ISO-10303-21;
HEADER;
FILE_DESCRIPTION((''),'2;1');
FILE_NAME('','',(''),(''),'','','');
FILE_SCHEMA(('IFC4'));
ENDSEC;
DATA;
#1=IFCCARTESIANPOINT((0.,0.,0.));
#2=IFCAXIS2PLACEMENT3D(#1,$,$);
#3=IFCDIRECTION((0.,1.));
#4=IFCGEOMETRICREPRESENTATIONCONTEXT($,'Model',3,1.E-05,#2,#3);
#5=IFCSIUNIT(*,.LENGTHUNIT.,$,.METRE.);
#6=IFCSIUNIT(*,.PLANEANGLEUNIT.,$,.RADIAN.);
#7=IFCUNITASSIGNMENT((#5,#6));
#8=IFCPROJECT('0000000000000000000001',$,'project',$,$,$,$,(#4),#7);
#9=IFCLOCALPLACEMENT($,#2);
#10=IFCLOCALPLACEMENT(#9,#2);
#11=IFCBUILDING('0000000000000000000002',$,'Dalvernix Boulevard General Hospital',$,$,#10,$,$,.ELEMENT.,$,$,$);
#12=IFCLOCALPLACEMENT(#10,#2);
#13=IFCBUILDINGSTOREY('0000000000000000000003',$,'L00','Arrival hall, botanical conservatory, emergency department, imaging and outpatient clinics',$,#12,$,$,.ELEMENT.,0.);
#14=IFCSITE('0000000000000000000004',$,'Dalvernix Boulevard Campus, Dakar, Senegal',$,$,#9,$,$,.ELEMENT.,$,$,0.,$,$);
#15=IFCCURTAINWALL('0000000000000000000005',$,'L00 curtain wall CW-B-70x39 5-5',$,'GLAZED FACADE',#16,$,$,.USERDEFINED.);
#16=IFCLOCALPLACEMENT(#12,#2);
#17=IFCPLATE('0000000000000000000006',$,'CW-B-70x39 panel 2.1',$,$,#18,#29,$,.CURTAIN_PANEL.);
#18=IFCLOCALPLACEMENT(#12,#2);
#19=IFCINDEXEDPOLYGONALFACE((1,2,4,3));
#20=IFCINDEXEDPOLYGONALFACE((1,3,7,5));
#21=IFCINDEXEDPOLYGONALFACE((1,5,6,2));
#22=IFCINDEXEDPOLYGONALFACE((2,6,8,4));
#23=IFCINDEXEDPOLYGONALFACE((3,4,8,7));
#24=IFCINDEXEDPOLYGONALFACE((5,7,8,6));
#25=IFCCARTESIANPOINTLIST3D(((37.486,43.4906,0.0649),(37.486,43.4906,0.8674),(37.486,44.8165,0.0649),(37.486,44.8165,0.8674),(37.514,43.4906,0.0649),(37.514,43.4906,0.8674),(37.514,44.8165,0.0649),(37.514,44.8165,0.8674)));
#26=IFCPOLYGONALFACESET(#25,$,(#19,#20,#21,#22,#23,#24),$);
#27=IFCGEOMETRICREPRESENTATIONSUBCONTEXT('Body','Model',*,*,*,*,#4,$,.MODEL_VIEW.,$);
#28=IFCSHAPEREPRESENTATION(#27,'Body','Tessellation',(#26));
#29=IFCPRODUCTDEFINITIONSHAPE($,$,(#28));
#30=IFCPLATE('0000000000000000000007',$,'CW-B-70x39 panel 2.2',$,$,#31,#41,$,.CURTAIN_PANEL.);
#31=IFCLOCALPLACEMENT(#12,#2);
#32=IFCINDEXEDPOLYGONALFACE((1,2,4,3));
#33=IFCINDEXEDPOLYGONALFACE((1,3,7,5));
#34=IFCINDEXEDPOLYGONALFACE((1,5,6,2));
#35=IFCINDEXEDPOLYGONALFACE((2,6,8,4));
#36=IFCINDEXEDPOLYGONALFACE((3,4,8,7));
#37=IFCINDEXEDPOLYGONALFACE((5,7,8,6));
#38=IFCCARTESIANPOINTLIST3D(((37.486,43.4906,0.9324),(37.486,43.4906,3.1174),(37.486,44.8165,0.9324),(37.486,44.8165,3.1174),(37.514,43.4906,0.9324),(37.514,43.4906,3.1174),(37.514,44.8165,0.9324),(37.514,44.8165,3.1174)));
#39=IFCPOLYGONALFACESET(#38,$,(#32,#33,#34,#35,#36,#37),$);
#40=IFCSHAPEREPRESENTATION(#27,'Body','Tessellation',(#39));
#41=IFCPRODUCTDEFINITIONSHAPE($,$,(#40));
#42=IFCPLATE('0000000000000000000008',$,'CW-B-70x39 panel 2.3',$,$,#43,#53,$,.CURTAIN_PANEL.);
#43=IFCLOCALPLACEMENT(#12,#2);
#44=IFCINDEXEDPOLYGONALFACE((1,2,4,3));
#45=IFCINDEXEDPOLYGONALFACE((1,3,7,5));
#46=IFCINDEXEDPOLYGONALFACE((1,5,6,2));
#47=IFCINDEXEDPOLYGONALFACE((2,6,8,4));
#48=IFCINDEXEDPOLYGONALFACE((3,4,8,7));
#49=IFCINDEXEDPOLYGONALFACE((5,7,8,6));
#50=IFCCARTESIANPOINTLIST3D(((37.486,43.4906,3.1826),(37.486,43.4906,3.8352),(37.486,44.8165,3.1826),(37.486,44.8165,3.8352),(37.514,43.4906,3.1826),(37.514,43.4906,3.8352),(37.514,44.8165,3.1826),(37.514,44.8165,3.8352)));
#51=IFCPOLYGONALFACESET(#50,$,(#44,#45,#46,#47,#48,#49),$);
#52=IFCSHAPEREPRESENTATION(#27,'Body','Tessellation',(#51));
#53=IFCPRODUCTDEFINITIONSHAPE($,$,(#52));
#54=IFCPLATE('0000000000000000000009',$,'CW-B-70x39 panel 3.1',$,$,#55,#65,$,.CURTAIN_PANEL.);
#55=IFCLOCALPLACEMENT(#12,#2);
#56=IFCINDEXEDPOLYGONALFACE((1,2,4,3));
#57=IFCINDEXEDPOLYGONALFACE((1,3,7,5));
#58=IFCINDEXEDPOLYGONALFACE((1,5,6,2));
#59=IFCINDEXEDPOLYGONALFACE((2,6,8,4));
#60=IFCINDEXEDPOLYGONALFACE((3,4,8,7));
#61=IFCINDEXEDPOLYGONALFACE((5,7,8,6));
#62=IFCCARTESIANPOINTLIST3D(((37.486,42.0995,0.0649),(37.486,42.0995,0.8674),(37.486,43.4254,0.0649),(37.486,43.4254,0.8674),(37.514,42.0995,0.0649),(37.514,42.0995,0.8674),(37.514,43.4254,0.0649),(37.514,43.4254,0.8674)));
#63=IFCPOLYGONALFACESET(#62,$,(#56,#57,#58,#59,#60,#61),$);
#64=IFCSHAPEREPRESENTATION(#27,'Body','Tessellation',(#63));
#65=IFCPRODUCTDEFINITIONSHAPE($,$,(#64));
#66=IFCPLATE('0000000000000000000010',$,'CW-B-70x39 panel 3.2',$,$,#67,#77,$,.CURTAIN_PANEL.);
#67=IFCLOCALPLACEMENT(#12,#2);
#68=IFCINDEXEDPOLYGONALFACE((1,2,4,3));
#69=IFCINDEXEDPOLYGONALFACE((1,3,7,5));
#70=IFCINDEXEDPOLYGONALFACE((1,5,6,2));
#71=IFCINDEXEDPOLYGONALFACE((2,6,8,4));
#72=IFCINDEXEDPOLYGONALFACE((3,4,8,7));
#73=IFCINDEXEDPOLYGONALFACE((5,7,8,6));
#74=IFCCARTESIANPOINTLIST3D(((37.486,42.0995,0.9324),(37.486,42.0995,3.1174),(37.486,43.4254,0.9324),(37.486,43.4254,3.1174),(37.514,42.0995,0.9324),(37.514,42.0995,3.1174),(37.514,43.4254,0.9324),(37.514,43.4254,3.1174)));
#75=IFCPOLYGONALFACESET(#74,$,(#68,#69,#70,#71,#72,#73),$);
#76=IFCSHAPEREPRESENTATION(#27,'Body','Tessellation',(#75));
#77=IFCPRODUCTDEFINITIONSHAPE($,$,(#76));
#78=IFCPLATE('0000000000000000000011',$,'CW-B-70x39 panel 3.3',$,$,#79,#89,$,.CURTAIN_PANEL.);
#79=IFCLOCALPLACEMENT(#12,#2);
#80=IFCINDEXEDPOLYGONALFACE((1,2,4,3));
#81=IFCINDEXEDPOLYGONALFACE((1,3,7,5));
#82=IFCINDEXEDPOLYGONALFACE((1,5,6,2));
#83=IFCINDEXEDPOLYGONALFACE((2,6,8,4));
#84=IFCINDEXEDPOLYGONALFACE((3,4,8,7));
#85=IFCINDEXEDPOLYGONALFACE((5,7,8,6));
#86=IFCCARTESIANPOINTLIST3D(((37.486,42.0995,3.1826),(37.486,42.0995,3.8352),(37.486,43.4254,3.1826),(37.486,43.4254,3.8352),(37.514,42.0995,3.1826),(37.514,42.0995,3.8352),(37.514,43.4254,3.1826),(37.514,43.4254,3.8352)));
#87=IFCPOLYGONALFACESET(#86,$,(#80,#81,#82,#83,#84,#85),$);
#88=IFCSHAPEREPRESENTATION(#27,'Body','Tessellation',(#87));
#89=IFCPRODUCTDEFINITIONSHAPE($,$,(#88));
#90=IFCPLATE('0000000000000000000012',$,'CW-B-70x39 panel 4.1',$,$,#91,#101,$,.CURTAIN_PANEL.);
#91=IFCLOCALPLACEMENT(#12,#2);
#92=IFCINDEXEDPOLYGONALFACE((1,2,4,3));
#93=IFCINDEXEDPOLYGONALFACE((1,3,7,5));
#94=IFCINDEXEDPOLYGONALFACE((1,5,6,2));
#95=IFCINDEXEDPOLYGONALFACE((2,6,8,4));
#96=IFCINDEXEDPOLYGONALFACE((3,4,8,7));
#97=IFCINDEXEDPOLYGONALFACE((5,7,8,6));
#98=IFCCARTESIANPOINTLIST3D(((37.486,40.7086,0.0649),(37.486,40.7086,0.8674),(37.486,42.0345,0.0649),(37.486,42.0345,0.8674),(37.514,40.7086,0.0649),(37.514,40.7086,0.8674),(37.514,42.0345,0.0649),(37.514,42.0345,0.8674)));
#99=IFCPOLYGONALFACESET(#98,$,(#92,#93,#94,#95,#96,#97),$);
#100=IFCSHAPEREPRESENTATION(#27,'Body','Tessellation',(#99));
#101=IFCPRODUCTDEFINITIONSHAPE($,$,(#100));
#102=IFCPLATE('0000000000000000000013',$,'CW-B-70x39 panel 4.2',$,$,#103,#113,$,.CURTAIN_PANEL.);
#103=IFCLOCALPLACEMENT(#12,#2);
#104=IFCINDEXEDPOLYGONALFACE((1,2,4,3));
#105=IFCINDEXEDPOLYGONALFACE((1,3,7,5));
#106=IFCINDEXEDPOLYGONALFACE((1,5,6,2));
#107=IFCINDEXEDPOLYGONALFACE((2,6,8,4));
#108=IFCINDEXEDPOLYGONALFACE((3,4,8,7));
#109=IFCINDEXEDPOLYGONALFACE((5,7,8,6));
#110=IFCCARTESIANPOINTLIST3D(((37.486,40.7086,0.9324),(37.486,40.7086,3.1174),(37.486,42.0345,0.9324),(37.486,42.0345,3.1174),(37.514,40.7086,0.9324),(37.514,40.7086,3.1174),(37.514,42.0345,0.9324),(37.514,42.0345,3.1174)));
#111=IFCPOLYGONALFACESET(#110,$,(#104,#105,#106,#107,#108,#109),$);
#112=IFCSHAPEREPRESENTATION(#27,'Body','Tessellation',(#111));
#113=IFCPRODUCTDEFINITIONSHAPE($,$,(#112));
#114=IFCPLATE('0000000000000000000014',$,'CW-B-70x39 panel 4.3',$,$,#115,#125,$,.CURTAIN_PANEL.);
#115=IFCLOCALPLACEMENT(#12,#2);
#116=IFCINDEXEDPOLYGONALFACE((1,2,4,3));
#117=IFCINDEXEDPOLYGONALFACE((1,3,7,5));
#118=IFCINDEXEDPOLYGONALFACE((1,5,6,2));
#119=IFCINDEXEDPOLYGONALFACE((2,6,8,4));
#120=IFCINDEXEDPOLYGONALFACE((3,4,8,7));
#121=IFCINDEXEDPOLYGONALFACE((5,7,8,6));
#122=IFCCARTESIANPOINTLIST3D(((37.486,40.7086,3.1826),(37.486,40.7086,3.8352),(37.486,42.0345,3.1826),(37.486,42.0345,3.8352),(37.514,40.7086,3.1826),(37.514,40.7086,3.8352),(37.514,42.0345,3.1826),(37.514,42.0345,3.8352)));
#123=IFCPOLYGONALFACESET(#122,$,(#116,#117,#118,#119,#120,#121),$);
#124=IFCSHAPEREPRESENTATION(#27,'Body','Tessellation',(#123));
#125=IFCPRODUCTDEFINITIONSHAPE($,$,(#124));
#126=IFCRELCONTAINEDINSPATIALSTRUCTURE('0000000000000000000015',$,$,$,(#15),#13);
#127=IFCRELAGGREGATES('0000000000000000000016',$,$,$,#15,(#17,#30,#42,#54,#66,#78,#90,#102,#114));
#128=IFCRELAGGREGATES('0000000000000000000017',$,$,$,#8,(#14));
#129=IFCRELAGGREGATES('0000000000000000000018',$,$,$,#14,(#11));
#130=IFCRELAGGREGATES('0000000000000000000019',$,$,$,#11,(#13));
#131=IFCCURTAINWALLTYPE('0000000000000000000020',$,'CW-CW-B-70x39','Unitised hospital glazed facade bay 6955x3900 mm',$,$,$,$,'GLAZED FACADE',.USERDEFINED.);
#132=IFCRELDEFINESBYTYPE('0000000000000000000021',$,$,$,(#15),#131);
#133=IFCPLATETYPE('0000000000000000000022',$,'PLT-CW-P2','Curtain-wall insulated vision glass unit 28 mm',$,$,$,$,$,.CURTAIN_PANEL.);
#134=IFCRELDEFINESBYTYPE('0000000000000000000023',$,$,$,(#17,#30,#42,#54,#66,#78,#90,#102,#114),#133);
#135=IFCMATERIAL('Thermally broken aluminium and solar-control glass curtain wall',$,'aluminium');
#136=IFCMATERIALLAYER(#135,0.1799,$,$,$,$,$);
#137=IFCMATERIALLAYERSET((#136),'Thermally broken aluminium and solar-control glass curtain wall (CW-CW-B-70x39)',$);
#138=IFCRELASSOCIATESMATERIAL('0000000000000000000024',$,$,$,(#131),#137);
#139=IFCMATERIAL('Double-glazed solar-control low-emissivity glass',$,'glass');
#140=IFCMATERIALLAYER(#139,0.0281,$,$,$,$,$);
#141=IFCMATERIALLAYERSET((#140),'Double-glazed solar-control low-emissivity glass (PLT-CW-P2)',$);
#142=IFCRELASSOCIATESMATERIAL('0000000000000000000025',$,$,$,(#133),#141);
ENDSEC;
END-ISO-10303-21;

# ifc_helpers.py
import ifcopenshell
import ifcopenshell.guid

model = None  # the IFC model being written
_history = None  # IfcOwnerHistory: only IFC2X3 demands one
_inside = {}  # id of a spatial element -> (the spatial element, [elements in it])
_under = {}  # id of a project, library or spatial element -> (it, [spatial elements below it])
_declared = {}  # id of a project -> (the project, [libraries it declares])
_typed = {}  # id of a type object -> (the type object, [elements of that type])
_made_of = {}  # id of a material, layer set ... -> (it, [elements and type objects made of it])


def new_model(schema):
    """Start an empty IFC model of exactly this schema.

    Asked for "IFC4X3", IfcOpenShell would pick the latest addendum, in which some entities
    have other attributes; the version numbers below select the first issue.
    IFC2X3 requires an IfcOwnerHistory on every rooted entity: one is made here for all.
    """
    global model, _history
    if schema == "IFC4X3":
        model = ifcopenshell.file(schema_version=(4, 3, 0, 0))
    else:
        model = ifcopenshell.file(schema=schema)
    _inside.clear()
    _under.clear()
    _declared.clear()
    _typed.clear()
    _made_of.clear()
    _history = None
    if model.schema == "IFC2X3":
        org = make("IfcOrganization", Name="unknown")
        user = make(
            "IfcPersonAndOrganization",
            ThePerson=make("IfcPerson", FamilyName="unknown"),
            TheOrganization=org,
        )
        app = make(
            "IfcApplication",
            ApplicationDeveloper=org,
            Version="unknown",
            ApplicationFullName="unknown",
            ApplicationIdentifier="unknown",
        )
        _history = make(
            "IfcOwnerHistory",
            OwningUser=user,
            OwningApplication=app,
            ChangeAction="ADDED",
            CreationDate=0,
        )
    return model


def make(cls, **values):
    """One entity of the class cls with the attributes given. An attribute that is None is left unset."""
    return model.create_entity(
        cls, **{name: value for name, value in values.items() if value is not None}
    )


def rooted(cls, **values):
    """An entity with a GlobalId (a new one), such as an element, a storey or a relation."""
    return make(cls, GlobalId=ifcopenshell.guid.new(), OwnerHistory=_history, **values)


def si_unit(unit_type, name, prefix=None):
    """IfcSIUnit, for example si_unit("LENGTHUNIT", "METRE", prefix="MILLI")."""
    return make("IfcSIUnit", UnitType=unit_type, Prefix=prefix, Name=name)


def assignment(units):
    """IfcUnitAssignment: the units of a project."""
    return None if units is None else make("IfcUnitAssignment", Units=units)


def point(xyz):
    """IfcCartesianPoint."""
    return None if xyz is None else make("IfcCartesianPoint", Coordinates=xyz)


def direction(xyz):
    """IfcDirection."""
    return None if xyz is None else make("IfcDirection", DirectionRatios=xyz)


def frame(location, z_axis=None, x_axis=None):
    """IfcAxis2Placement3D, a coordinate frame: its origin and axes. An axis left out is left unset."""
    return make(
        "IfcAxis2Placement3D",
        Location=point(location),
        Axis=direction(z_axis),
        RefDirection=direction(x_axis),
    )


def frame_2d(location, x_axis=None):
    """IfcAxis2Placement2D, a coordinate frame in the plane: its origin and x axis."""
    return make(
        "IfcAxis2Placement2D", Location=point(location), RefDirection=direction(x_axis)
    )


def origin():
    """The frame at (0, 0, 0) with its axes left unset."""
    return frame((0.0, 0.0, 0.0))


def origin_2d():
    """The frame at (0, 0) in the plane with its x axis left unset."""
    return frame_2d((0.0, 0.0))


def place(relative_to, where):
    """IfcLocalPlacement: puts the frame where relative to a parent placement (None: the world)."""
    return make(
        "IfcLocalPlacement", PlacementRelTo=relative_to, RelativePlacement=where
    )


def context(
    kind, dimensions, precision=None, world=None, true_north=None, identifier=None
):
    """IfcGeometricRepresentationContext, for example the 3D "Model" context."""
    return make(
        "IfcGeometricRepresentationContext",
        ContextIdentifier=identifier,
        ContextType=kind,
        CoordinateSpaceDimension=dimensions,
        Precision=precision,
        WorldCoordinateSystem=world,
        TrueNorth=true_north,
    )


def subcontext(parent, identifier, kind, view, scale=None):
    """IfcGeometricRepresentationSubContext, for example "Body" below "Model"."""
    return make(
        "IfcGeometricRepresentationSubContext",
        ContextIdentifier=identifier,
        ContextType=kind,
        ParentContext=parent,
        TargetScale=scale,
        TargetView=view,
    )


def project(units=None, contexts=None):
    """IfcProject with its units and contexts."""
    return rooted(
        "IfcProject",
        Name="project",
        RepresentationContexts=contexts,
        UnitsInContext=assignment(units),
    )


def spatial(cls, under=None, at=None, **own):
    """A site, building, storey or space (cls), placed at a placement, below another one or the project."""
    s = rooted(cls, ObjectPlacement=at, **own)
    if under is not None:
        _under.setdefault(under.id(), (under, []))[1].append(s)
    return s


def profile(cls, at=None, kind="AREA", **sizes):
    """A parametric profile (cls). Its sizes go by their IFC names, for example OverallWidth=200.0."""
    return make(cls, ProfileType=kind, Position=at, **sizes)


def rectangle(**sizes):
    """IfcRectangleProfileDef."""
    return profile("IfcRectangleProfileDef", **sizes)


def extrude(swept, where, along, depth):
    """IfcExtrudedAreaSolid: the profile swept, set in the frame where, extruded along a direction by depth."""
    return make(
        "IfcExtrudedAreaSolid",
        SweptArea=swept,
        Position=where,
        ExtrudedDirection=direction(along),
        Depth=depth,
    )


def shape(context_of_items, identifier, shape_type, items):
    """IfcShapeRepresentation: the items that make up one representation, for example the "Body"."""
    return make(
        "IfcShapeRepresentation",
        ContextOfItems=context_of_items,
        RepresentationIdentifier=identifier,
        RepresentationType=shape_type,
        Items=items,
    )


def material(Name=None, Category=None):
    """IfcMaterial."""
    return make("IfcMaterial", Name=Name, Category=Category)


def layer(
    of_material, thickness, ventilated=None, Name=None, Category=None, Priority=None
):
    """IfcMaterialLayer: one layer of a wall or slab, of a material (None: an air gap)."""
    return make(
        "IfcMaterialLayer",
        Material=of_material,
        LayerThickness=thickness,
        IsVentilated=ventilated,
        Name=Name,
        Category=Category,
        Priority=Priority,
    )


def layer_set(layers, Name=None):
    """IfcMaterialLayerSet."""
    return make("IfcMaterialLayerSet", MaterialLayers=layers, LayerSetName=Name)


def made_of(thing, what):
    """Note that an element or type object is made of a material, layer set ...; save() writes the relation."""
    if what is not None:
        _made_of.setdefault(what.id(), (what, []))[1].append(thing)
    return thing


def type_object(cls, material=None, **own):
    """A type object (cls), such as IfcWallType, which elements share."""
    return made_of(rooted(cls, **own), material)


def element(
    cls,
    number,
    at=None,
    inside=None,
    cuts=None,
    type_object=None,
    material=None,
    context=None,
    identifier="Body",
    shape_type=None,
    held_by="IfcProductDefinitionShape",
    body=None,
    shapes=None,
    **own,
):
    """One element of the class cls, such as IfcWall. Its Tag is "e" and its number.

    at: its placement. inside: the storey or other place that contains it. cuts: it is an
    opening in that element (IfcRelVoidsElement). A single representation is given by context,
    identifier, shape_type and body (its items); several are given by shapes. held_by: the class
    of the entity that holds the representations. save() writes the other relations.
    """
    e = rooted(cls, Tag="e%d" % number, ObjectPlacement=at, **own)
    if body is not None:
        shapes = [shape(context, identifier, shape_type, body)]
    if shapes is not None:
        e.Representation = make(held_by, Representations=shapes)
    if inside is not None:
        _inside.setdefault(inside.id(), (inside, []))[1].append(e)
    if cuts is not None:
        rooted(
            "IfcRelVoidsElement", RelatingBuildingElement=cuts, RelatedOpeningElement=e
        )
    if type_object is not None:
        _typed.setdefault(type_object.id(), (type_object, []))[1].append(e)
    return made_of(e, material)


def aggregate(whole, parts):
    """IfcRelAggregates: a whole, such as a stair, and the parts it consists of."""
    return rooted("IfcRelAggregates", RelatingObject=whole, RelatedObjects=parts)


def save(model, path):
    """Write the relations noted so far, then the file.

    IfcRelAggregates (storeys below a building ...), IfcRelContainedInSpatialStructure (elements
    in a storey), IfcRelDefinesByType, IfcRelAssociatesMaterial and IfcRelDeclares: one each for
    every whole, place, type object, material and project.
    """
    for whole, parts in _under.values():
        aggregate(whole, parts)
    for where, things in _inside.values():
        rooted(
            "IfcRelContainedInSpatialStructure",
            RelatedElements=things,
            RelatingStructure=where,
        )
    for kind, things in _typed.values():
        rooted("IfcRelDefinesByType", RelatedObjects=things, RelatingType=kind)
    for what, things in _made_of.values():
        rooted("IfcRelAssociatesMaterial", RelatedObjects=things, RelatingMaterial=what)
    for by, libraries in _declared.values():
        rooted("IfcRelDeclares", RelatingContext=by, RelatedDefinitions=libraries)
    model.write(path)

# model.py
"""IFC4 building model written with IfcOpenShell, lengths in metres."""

from ifc_helpers import new_model, si_unit, direction, frame, origin, origin_2d, place, context, subcontext, project, spatial, rectangle, extrude, material, layer, layer_set, type_object, element, aggregate, save


model = new_model("IFC4")

# Units and contexts
model_context = context("Model", 3, precision=1e-05, world=origin(), true_north=direction((0.0, 1.0)))
body_context = subcontext(model_context, "Body", "Model", "MODEL_VIEW")
ifc_project = project(units=[si_unit("LENGTHUNIT", "METRE"), si_unit("PLANEANGLEUNIT", "RADIAN")], contexts=[model_context])

# Site, building, storey
site_placement = place(None, origin())
site = spatial("IfcSite", under=ifc_project, at=site_placement, Name="Dalvernix Boulevard Campus, Dakar, Senegal", CompositionType="ELEMENT", RefElevation=0.0)
building_placement = place(site_placement, origin())
building = spatial("IfcBuilding", under=site, at=building_placement, Name="Dalvernix Boulevard General Hospital", CompositionType="ELEMENT")
storey_placement = place(building_placement, origin())
storey = spatial("IfcBuildingStorey", under=building, at=storey_placement, Name="L00", Description="Arrival hall, botanical conservatory, emergency department, imaging and outpatient clinics", CompositionType="ELEMENT", Elevation=0.0)

# Curtain wall, plates
ifc_material_1 = material(Name="Thermally broken aluminium and solar-control glass curtain wall", Category="aluminium")
ifc_layer_1 = layer(ifc_material_1, 0.1799)
ifc_layer_set_1 = layer_set([ifc_layer_1], Name="Thermally broken aluminium and solar-control glass curtain wall (CW-CW-B-70x39)")
curtain_wall_type = type_object("IfcCurtainWallType", Name="CW-CW-B-70x39", Description="Unitised hospital glazed facade bay 6955x3900 mm", ElementType="GLAZED FACADE", PredefinedType="USERDEFINED", material=ifc_layer_set_1)
curtain_wall_placement = place(storey_placement, origin())
curtain_wall = element("IfcCurtainWall", 1, at=curtain_wall_placement, inside=storey, type_object=curtain_wall_type, Name="L00 curtain wall CW-B-70x39 5-5", ObjectType="GLAZED FACADE", PredefinedType="USERDEFINED")
ifc_material_2 = material(Name="Double-glazed solar-control low-emissivity glass", Category="glass")
ifc_layer_2 = layer(ifc_material_2, 0.0281)
ifc_layer_set_2 = layer_set([ifc_layer_2], Name="Double-glazed solar-control low-emissivity glass (PLT-CW-P2)")
plate_type = type_object("IfcPlateType", Name="PLT-CW-P2", Description="Curtain-wall insulated vision glass unit 28 mm", PredefinedType="CURTAIN_PANEL", material=ifc_layer_set_2)
plate_1_placement = place(storey_placement, frame((37.5, 44.1536, 0.0649), z_axis=(0.0, 0.0, 1.0), x_axis=(0.0, -1.0, 0.0)))
plate_1 = element("IfcPlate", 2, at=plate_1_placement, type_object=plate_type, Name="CW-B-70x39 panel 2.1", PredefinedType="CURTAIN_PANEL", context=body_context, shape_type="SweptSolid", body=[
    extrude(rectangle(XDim=1.3259, YDim=0.0281, at=origin_2d()), origin(), (0.0, 0.0, 1.0), 0.8025),
])
plate_2_placement = place(storey_placement, frame((37.5, 44.1536, 0.9324), z_axis=(0.0, 0.0, 1.0), x_axis=(0.0, -1.0, 0.0)))
plate_2 = element("IfcPlate", 3, at=plate_2_placement, type_object=plate_type, Name="CW-B-70x39 panel 2.2", PredefinedType="CURTAIN_PANEL", context=body_context, shape_type="SweptSolid", body=[
    extrude(rectangle(XDim=1.3259, YDim=0.0281, at=origin_2d()), origin(), (0.0, 0.0, 1.0), 2.1851),
])
plate_3_placement = place(storey_placement, frame((37.5, 44.1536, 3.1826), z_axis=(0.0, 0.0, 1.0), x_axis=(0.0, -1.0, 0.0)))
plate_3 = element("IfcPlate", 4, at=plate_3_placement, type_object=plate_type, Name="CW-B-70x39 panel 2.3", PredefinedType="CURTAIN_PANEL", context=body_context, shape_type="SweptSolid", body=[
    extrude(rectangle(XDim=1.3259, YDim=0.0281, at=origin_2d()), origin(), (0.0, 0.0, 1.0), 0.6526),
])
plate_4_placement = place(storey_placement, frame((37.5, 42.7625, 0.0649), z_axis=(0.0, 0.0, 1.0), x_axis=(0.0, -1.0, 0.0)))
plate_4 = element("IfcPlate", 5, at=plate_4_placement, type_object=plate_type, Name="CW-B-70x39 panel 3.1", PredefinedType="CURTAIN_PANEL", context=body_context, shape_type="SweptSolid", body=[
    extrude(rectangle(XDim=1.3259, YDim=0.0281, at=origin_2d()), origin(), (0.0, 0.0, 1.0), 0.8025),
])
plate_5_placement = place(storey_placement, frame((37.5, 42.7625, 0.9324), z_axis=(0.0, 0.0, 1.0), x_axis=(0.0, -1.0, 0.0)))
plate_5 = element("IfcPlate", 6, at=plate_5_placement, type_object=plate_type, Name="CW-B-70x39 panel 3.2", PredefinedType="CURTAIN_PANEL", context=body_context, shape_type="SweptSolid", body=[
    extrude(rectangle(XDim=1.3259, YDim=0.0281, at=origin_2d()), origin(), (0.0, 0.0, 1.0), 2.1851),
])
plate_6_placement = place(storey_placement, frame((37.5, 42.7625, 3.1826), z_axis=(0.0, 0.0, 1.0), x_axis=(0.0, -1.0, 0.0)))
plate_6 = element("IfcPlate", 7, at=plate_6_placement, type_object=plate_type, Name="CW-B-70x39 panel 3.3", PredefinedType="CURTAIN_PANEL", context=body_context, shape_type="SweptSolid", body=[
    extrude(rectangle(XDim=1.3259, YDim=0.0281, at=origin_2d()), origin(), (0.0, 0.0, 1.0), 0.6526),
])
plate_7_placement = place(storey_placement, frame((37.5, 41.3716, 0.0649), z_axis=(0.0, 0.0, 1.0), x_axis=(0.0, -1.0, 0.0)))
plate_7 = element("IfcPlate", 8, at=plate_7_placement, type_object=plate_type, Name="CW-B-70x39 panel 4.1", PredefinedType="CURTAIN_PANEL", context=body_context, shape_type="SweptSolid", body=[
    extrude(rectangle(XDim=1.3259, YDim=0.0281, at=origin_2d()), origin(), (0.0, 0.0, 1.0), 0.8025),
])
plate_8_placement = place(storey_placement, frame((37.5, 41.3716, 0.9324), z_axis=(0.0, 0.0, 1.0), x_axis=(0.0, -1.0, 0.0)))
plate_8 = element("IfcPlate", 9, at=plate_8_placement, type_object=plate_type, Name="CW-B-70x39 panel 4.2", PredefinedType="CURTAIN_PANEL", context=body_context, shape_type="SweptSolid", body=[
    extrude(rectangle(XDim=1.3259, YDim=0.0281, at=origin_2d()), origin(), (0.0, 0.0, 1.0), 2.1851),
])
plate_9_placement = place(storey_placement, frame((37.5, 41.3716, 3.1826), z_axis=(0.0, 0.0, 1.0), x_axis=(0.0, -1.0, 0.0)))
plate_9 = element("IfcPlate", 10, at=plate_9_placement, type_object=plate_type, Name="CW-B-70x39 panel 4.3", PredefinedType="CURTAIN_PANEL", context=body_context, shape_type="SweptSolid", body=[
    extrude(rectangle(XDim=1.3259, YDim=0.0281, at=origin_2d()), origin(), (0.0, 0.0, 1.0), 0.6526),
])
aggregate(curtain_wall, [plate_1, plate_2, plate_3, plate_4, plate_5, plate_6, plate_7, plate_8, plate_9])

save(model, "model.ifc")
